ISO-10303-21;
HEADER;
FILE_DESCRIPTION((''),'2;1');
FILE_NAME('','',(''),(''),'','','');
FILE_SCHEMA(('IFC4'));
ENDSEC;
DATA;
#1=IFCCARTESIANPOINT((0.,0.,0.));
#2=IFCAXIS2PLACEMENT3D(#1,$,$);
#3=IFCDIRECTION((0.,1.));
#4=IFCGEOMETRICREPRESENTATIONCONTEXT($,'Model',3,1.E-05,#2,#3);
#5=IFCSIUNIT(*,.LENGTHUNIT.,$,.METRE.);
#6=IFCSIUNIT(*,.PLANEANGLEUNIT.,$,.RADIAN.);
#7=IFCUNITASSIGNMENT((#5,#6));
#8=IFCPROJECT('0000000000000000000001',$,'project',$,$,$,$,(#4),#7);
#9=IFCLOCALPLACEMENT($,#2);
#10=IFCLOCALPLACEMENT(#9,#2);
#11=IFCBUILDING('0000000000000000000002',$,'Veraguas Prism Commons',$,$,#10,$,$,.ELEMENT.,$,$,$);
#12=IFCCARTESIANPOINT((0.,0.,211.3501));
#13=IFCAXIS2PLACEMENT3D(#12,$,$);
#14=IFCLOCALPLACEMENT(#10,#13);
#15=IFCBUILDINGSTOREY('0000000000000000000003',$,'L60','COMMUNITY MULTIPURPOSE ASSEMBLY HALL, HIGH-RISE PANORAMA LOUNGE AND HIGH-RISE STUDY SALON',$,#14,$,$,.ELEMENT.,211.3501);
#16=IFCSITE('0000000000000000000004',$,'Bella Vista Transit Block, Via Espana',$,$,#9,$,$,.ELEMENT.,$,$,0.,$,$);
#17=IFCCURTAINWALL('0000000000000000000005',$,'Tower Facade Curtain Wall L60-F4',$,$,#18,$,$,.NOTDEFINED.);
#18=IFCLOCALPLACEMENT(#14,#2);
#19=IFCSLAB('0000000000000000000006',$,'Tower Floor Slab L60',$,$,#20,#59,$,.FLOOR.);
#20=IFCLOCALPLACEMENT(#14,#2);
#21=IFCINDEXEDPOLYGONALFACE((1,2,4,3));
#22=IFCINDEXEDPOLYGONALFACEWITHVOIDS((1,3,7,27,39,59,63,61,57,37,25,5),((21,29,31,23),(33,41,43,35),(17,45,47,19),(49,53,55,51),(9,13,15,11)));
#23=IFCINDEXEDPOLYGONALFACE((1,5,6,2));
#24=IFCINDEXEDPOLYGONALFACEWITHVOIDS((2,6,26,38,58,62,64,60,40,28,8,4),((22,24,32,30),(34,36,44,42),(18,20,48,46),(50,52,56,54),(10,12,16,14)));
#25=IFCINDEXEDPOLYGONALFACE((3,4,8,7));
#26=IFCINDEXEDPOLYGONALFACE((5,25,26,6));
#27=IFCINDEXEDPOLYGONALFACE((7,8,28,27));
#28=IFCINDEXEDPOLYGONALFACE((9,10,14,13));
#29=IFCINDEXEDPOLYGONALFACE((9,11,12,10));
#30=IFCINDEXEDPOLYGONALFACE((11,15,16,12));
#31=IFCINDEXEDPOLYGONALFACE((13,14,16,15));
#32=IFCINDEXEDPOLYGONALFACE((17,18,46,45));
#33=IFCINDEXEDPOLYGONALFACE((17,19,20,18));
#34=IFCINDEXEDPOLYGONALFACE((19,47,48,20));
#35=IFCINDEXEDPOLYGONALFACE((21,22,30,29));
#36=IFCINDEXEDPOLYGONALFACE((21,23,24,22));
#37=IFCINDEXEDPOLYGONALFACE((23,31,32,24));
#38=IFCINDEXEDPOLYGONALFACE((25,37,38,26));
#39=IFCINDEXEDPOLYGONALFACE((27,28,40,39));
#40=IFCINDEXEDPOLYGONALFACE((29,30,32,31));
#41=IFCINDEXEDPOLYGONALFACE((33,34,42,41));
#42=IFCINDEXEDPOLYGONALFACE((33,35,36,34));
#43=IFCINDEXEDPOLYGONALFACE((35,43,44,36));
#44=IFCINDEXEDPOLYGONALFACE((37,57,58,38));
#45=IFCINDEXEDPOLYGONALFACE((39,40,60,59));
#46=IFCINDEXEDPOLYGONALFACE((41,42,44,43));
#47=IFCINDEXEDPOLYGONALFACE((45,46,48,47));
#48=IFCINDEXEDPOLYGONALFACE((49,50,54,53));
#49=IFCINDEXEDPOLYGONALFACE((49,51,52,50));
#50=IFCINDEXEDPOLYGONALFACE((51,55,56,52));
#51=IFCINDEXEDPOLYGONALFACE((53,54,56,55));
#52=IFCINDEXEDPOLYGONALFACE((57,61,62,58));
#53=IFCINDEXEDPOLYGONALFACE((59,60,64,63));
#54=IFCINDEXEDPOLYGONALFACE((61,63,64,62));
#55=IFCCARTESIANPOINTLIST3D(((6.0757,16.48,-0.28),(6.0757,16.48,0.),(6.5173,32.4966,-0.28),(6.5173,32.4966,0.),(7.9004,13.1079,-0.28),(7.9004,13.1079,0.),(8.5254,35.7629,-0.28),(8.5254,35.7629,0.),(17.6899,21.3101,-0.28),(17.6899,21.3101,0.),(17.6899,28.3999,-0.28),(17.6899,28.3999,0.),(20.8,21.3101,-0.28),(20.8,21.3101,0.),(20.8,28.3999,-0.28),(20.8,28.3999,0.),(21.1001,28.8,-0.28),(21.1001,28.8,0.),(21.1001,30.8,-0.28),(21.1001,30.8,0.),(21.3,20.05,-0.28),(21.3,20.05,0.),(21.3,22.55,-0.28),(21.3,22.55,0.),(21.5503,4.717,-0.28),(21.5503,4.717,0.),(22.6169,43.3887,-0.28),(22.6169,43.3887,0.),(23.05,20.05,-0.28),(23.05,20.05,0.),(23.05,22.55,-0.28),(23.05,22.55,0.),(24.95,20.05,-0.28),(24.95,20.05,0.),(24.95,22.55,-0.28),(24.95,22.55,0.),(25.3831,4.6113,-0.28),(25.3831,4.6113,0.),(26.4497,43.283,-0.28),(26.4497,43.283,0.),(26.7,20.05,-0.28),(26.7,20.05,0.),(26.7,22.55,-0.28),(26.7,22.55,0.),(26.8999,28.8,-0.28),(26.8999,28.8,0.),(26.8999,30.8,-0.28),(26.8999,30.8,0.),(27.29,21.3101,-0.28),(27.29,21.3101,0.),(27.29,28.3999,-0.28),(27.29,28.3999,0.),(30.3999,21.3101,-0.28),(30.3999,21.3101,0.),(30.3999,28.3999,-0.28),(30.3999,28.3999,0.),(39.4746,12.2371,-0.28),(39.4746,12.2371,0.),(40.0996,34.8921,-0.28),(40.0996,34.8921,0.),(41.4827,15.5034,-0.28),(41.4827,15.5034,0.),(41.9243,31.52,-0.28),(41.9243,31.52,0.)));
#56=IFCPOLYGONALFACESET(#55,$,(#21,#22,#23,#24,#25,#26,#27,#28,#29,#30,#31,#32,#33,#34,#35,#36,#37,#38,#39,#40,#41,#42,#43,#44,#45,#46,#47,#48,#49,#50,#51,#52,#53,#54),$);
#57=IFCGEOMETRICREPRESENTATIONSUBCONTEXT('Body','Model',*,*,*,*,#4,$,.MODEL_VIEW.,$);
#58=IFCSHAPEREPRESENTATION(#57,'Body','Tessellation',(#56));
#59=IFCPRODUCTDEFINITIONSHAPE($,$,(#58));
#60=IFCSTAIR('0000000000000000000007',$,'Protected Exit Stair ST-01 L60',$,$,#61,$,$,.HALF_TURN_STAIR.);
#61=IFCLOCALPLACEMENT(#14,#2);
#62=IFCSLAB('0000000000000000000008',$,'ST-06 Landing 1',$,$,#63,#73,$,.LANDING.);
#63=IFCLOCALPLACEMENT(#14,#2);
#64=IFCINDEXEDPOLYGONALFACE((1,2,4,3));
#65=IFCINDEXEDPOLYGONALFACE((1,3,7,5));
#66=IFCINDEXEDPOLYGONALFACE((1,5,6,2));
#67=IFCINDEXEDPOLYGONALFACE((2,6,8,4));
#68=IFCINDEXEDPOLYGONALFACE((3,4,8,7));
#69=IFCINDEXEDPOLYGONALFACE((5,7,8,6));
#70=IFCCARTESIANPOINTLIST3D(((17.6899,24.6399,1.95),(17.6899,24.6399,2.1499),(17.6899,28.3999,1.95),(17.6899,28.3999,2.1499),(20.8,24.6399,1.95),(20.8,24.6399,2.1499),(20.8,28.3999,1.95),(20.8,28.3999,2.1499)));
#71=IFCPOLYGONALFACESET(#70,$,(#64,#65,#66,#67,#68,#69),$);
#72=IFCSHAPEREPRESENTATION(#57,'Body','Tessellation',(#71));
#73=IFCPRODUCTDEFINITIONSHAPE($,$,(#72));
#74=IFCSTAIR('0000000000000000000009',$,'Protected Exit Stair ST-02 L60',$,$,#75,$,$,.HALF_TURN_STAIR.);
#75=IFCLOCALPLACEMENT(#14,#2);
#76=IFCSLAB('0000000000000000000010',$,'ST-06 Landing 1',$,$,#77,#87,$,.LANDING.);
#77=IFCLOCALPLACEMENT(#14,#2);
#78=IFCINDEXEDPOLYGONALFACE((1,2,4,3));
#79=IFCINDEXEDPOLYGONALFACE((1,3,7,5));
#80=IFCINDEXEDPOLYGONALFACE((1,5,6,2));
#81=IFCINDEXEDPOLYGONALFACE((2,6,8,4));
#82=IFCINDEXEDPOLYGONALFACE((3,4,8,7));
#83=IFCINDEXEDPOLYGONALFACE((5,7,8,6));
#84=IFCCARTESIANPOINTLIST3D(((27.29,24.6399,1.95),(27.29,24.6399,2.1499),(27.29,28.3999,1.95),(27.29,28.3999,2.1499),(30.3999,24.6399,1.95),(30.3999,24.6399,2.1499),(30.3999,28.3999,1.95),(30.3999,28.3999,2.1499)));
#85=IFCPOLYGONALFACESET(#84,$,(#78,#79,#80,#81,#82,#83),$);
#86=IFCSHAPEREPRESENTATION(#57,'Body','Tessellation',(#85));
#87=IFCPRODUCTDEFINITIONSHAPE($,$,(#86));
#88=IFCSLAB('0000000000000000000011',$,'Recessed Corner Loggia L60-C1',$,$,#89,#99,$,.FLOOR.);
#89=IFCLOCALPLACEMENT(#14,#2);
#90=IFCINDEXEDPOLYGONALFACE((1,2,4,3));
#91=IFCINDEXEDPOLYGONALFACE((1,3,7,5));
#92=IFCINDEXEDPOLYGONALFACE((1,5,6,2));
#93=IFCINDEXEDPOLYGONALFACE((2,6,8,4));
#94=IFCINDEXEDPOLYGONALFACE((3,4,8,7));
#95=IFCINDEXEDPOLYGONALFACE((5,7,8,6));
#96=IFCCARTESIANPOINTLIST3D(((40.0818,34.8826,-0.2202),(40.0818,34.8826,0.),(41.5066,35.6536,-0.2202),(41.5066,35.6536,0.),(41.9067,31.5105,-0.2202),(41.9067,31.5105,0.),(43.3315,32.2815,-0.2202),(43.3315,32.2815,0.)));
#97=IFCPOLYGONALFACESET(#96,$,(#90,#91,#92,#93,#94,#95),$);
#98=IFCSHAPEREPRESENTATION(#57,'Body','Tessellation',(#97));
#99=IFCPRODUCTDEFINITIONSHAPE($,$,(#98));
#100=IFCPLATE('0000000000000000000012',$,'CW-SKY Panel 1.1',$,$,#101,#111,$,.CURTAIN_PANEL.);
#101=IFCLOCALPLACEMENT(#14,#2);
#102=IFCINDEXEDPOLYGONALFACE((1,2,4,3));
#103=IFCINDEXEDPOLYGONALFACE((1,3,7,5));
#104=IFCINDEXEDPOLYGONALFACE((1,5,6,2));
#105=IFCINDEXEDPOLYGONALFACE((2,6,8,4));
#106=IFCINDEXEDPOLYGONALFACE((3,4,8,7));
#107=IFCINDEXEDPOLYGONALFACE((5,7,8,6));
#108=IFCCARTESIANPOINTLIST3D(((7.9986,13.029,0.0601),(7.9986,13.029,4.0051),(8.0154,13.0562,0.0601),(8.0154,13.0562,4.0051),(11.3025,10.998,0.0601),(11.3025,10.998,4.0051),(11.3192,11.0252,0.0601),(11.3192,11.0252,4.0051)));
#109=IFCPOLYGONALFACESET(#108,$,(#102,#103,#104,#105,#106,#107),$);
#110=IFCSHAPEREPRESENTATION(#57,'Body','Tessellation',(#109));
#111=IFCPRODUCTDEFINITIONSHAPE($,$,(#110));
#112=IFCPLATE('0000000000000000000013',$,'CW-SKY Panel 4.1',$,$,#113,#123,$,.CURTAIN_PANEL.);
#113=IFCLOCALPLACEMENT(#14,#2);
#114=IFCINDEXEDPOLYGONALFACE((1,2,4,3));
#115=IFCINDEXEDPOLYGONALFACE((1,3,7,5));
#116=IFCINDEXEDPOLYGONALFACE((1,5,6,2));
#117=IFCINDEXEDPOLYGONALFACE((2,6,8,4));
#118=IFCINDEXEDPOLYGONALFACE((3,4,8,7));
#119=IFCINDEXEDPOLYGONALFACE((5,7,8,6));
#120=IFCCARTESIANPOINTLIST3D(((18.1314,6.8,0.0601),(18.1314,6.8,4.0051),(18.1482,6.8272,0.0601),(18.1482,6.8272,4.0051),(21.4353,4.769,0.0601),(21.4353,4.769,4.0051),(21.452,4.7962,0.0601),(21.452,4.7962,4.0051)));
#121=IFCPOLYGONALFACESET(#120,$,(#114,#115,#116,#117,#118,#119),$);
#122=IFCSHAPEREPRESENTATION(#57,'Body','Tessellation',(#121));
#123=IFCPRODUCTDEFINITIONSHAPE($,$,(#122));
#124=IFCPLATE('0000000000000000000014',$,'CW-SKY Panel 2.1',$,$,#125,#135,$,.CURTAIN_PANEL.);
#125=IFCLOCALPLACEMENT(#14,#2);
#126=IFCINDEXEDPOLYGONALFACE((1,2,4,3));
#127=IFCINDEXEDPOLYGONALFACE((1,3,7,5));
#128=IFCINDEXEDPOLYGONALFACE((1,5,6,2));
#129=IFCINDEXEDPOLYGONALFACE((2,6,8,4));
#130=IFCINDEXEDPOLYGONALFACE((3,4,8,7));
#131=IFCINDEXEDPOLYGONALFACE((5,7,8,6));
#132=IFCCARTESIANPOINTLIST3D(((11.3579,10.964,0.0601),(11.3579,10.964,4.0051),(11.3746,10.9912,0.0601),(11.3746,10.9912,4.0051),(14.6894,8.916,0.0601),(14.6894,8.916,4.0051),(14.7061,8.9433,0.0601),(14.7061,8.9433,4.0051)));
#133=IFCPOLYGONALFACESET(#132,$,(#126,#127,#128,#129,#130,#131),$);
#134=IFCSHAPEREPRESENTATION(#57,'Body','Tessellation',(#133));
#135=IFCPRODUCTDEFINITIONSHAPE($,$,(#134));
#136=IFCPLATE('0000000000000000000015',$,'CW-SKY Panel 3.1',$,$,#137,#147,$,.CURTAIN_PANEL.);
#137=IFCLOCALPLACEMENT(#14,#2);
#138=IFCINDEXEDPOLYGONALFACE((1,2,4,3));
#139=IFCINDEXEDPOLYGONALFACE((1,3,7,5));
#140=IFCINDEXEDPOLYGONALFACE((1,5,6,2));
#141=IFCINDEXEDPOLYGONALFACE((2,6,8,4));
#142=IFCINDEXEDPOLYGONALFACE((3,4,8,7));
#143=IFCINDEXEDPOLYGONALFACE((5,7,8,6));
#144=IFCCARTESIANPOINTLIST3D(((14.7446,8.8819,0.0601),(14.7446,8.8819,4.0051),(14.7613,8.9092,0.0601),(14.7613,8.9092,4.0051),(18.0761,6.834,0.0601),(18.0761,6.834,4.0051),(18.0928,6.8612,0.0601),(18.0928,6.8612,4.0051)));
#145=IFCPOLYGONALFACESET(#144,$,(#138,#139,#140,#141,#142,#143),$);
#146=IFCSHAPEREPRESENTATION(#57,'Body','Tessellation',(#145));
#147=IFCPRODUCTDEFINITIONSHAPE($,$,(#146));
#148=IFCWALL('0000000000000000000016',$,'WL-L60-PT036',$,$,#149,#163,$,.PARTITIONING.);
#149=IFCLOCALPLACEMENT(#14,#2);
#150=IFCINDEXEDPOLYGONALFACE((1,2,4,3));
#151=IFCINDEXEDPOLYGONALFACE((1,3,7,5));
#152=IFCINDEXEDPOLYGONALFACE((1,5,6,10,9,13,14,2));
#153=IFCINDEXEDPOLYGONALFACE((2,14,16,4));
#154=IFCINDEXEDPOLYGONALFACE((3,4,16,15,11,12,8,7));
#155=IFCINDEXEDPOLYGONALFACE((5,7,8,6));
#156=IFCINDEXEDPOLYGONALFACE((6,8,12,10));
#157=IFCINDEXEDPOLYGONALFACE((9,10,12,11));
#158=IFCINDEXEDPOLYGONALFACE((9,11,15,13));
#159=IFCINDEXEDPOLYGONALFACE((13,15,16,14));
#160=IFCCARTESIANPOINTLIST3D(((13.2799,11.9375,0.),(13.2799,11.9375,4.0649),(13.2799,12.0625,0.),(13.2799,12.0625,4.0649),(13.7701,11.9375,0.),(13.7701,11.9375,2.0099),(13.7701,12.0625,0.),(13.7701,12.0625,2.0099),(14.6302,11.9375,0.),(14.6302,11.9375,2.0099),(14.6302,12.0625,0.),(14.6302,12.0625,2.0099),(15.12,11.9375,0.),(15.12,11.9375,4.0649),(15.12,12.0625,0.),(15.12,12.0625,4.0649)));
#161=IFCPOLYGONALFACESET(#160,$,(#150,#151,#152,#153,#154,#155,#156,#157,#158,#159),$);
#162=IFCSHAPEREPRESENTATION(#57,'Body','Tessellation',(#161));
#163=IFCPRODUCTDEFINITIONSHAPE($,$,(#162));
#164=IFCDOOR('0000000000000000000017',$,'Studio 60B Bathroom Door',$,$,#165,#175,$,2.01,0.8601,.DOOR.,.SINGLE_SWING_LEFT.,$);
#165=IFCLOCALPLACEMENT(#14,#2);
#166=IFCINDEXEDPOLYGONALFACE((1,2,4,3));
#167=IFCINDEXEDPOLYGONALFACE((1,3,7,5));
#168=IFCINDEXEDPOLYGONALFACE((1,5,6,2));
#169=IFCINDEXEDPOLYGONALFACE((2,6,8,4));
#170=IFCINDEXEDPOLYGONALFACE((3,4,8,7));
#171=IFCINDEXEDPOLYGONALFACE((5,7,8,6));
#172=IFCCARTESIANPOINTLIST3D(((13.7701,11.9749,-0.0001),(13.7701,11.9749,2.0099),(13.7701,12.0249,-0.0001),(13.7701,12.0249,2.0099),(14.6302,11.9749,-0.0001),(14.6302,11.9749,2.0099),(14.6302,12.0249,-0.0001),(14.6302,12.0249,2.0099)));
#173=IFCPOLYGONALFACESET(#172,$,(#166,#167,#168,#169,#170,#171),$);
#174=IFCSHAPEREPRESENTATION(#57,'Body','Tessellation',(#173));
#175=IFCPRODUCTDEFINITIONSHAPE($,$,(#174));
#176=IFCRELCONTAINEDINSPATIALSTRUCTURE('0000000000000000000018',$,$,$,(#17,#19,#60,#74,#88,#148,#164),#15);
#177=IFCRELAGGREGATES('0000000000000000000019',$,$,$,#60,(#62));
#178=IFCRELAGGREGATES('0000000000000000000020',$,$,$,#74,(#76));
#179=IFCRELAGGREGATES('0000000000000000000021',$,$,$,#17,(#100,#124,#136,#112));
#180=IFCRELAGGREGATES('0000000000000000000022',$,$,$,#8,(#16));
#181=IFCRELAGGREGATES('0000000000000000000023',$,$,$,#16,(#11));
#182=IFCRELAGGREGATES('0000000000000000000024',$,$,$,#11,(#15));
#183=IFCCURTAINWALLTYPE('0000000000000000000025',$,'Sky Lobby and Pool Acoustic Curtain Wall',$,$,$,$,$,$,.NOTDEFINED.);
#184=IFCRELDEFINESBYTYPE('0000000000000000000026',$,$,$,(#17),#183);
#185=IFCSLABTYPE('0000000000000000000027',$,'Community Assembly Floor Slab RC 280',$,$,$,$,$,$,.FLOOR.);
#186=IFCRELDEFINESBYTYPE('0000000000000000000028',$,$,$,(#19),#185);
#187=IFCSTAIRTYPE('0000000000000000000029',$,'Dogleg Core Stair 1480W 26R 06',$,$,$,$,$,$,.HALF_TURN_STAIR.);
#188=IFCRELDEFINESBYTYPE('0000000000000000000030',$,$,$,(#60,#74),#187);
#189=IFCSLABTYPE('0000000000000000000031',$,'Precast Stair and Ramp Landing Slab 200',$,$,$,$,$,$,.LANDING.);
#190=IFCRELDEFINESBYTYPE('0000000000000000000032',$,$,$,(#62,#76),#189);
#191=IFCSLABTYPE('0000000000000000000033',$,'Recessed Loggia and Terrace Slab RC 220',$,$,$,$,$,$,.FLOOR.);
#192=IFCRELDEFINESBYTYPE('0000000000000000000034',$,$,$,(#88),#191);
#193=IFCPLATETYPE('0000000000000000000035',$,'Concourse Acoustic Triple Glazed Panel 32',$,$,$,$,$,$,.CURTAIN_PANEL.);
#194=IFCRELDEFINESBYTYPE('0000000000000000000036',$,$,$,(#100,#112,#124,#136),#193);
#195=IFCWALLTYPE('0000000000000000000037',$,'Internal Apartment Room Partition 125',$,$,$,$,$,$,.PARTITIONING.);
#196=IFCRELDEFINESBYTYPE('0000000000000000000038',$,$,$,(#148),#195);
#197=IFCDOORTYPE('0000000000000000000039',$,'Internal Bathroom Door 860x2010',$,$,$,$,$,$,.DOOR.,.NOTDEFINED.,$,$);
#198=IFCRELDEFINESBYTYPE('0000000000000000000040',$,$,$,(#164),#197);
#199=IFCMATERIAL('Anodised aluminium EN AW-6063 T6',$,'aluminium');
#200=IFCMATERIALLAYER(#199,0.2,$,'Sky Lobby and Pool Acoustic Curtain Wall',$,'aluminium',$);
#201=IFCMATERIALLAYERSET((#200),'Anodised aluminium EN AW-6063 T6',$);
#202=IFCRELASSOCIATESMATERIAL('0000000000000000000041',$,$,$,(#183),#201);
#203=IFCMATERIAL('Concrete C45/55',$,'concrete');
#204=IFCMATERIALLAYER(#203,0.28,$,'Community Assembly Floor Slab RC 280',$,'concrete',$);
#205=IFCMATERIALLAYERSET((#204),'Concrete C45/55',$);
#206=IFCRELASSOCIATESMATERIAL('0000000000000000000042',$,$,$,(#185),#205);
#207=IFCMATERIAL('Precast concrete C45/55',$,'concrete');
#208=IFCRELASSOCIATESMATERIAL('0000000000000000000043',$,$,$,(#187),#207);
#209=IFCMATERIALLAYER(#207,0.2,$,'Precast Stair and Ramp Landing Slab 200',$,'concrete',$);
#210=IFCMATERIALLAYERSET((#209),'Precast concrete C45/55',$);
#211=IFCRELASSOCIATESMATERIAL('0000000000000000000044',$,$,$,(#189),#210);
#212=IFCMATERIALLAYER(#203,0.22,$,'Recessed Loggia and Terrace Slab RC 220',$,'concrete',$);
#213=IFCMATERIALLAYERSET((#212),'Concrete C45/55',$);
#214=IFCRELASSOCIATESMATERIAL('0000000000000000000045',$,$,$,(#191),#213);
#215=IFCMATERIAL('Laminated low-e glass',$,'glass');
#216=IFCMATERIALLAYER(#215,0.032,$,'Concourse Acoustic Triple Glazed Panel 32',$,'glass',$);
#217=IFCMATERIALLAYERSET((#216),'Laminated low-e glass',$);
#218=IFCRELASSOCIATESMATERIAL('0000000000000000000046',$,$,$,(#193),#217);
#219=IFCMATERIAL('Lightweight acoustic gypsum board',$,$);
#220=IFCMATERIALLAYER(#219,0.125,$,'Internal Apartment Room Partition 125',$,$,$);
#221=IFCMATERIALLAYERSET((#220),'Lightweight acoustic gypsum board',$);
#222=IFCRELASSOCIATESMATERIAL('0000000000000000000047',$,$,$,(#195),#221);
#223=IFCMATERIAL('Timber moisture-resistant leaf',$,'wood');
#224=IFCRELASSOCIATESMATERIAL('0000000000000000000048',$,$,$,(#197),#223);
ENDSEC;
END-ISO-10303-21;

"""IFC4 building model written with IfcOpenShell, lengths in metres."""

from ifc_helpers import new_model, si_unit, direction, frame, frame_2d, origin, origin_2d, place, context, subcontext, project, spatial, polyline, rectangle, outline, extrude, source, transform, mapped, material, layer, layer_set, type_object, element, fill, aggregate, save


model = new_model("IFC4")

# Units and contexts
model_context = context("Model", 3, precision=1e-05, world=origin(), true_north=direction((0.0, 1.0)))
body_context = subcontext(model_context, "Body", "Model", "MODEL_VIEW")
ifc_project = project(units=[si_unit("LENGTHUNIT", "METRE"), si_unit("PLANEANGLEUNIT", "RADIAN")], contexts=[model_context])

# Site, building, storey
site_placement = place(None, origin())
site = spatial("IfcSite", under=ifc_project, at=site_placement, Name="Bella Vista Transit Block, Via Espana", CompositionType="ELEMENT", RefElevation=0.0)
building_placement = place(site_placement, origin())
building = spatial("IfcBuilding", under=site, at=building_placement, Name="Veraguas Prism Commons", CompositionType="ELEMENT")
storey_placement = place(building_placement, frame((0.0, 0.0, 211.3501)))
storey = spatial("IfcBuildingStorey", under=building, at=storey_placement, Name="L60", Description="COMMUNITY MULTIPURPOSE ASSEMBLY HALL, HIGH-RISE PANORAMA LOUNGE AND HIGH-RISE STUDY SALON", CompositionType="ELEMENT", Elevation=211.3501)

# Curtain wall
ifc_material_1 = material(Name="Anodised aluminium EN AW-6063 T6", Category="aluminium")
ifc_layer_1 = layer(ifc_material_1, 0.2, Name="Sky Lobby and Pool Acoustic Curtain Wall", Category="aluminium")
ifc_layer_set_1 = layer_set([ifc_layer_1], Name="Anodised aluminium EN AW-6063 T6")
curtain_wall_type = type_object("IfcCurtainWallType", Name="Sky Lobby and Pool Acoustic Curtain Wall", PredefinedType="NOTDEFINED", material=ifc_layer_set_1)
curtain_wall_placement = place(storey_placement, origin())
curtain_wall = element("IfcCurtainWall", 1, at=curtain_wall_placement, inside=storey, type_object=curtain_wall_type, Name="Tower Facade Curtain Wall L60-F4", PredefinedType="NOTDEFINED")

# Slab
ifc_material_2 = material(Name="Concrete C45/55", Category="concrete")
ifc_layer_2 = layer(ifc_material_2, 0.28, Name="Community Assembly Floor Slab RC 280", Category="concrete")
ifc_layer_set_2 = layer_set([ifc_layer_2], Name="Concrete C45/55")
slab_type_1 = type_object("IfcSlabType", Name="Community Assembly Floor Slab RC 280", PredefinedType="FLOOR", material=ifc_layer_set_2)
slab_1_placement = place(storey_placement, frame((0.0, 0.0, -0.28)))
element("IfcSlab", 2, at=slab_1_placement, inside=storey, type_object=slab_type_1, Name="Tower Floor Slab L60", PredefinedType="FLOOR", context=body_context, shape_type="SweptSolid", body=[
    extrude(outline(polyline([(41.9243, 31.52), (40.0996, 34.8921), (26.4497, 43.283), (22.6169, 43.3887), (8.5254, 35.7629), (6.5173, 32.4966), (6.0757, 16.48), (7.9004, 13.1079), (21.5503, 4.717), (25.3831, 4.6113), (39.4746, 12.2371), (41.4827, 15.5034), (41.9243, 31.52)]), holes=[polyline([(20.8, 21.3101), (20.8, 28.3999), (17.6899, 28.3999), (17.6899, 21.3101), (20.8, 21.3101)]), polyline([(30.3999, 21.3101), (30.3999, 28.3999), (27.29, 28.3999), (27.29, 21.3101), (30.3999, 21.3101)]), polyline([(21.1001, 28.8), (26.8999, 28.8), (26.8999, 30.8), (21.1001, 30.8), (21.1001, 28.8)]), polyline([(21.3, 20.05), (23.05, 20.05), (23.05, 22.55), (21.3, 22.55), (21.3, 20.05)]), polyline([(24.95, 20.05), (26.7, 20.05), (26.7, 22.55), (24.95, 22.55), (24.95, 20.05)])]), origin(), (0.0, 0.0, 1.0), 0.28),
])

# Stairs, slabs
ifc_material_3 = material(Name="Precast concrete C45/55", Category="concrete")
stair_type = type_object("IfcStairType", Name="Dogleg Core Stair 1480W 26R 06", PredefinedType="HALF_TURN_STAIR", material=ifc_material_3)
stair_1_placement = place(storey_placement, origin())
stair_1 = element("IfcStair", 3, at=stair_1_placement, inside=storey, type_object=stair_type, Name="Protected Exit Stair ST-01 L60", PredefinedType="HALF_TURN_STAIR")
ifc_layer_3 = layer(ifc_material_3, 0.2, Name="Precast Stair and Ramp Landing Slab 200", Category="concrete")
ifc_layer_set_3 = layer_set([ifc_layer_3], Name="Precast concrete C45/55")
slab_type_2 = type_object("IfcSlabType", Name="Precast Stair and Ramp Landing Slab 200", PredefinedType="LANDING", material=ifc_layer_set_3)
slab_2_placement = place(storey_placement, frame((0.0, 0.0, 1.95)))
slab_2 = element("IfcSlab", 4, at=slab_2_placement, type_object=slab_type_2, Name="ST-06 Landing 1", PredefinedType="LANDING", context=body_context, shape_type="SweptSolid", body=[
    extrude(outline(polyline([(20.8, 24.6399), (20.8, 28.3999), (17.6899, 28.3999), (17.6899, 24.6399), (20.8, 24.6399)])), origin(), (0.0, 0.0, 1.0), 0.2),
])
aggregate(stair_1, [slab_2])
stair_2_placement = place(storey_placement, origin())
stair_2 = element("IfcStair", 5, at=stair_2_placement, inside=storey, type_object=stair_type, Name="Protected Exit Stair ST-02 L60", PredefinedType="HALF_TURN_STAIR")
slab_3_placement = place(storey_placement, frame((0.0, 0.0, 1.95)))
slab_3 = element("IfcSlab", 6, at=slab_3_placement, type_object=slab_type_2, Name="ST-06 Landing 1", PredefinedType="LANDING", context=body_context, shape_type="SweptSolid", body=[
    extrude(outline(polyline([(30.3999, 24.6399), (30.3999, 28.3999), (27.29, 28.3999), (27.29, 24.6399), (30.3999, 24.6399)])), origin(), (0.0, 0.0, 1.0), 0.2),
])
aggregate(stair_2, [slab_3])

# Slab
ifc_layer_4 = layer(ifc_material_2, 0.22, Name="Recessed Loggia and Terrace Slab RC 220", Category="concrete")
ifc_layer_set_4 = layer_set([ifc_layer_4], Name="Concrete C45/55")
slab_type_3 = type_object("IfcSlabType", Name="Recessed Loggia and Terrace Slab RC 220", PredefinedType="FLOOR", material=ifc_layer_set_4)
slab_4_placement = place(storey_placement, frame((0.0, 0.0, -0.2202)))
element("IfcSlab", 7, at=slab_4_placement, inside=storey, type_object=slab_type_3, Name="Recessed Corner Loggia L60-C1", PredefinedType="FLOOR", context=body_context, shape_type="SweptSolid", body=[
    extrude(outline(polyline([(41.9067, 31.5105), (43.3315, 32.2815), (41.5066, 35.6536), (40.0818, 34.8826), (41.9067, 31.5105)])), origin(), (0.0, 0.0, 1.0), 0.2202),
])

# Plates
ifc_material_4 = material(Name="Laminated low-e glass", Category="glass")
ifc_layer_5 = layer(ifc_material_4, 0.032, Name="Concourse Acoustic Triple Glazed Panel 32", Category="glass")
ifc_layer_set_5 = layer_set([ifc_layer_5], Name="Laminated low-e glass")
plate_type = type_object("IfcPlateType", Name="Concourse Acoustic Triple Glazed Panel 32", PredefinedType="CURTAIN_PANEL", material=ifc_layer_set_5)
shared_shape_1 = source(origin(), body_context, "Body", "SweptSolid", [
    extrude(rectangle(XDim=3.8782, YDim=0.032, at=origin_2d()), origin(), (0.0, 0.0, 1.0), 3.9451),
])
plate_1_placement = place(storey_placement, frame((9.6589, 12.0271, 0.0601), z_axis=(0.0, 0.0, 1.0), x_axis=(0.851909, -0.52369, 0.0)))
plate_1 = element("IfcPlate", 8, at=plate_1_placement, type_object=plate_type, Name="CW-SKY Panel 1.1", PredefinedType="CURTAIN_PANEL", context=body_context, shape_type="MappedRepresentation", body=[
    mapped(shared_shape_1, transform((0.0, 0.0, 0.0), scale=1.0)),
])
plate_2_placement = place(storey_placement, frame((19.7917, 5.7981, 0.0601), z_axis=(0.0, 0.0, 1.0), x_axis=(0.851909, -0.52369, 0.0)))
plate_2 = element("IfcPlate", 9, at=plate_2_placement, type_object=plate_type, Name="CW-SKY Panel 4.1", PredefinedType="CURTAIN_PANEL", context=body_context, shape_type="MappedRepresentation", body=[
    mapped(shared_shape_1, transform((0.0, 0.0, 0.0), scale=1.0)),
])
shared_shape_2 = source(origin(), body_context, "Body", "SweptSolid", [
    extrude(rectangle(XDim=3.9106, YDim=0.032, at=origin_2d()), origin(), (0.0, 0.0, 1.0), 3.9451),
])
plate_3_placement = place(storey_placement, frame((13.032, 9.9536, 0.0601), z_axis=(0.0, 0.0, 1.0), x_axis=(0.851909, -0.52369, 0.0)))
plate_3 = element("IfcPlate", 10, at=plate_3_placement, type_object=plate_type, Name="CW-SKY Panel 2.1", PredefinedType="CURTAIN_PANEL", context=body_context, shape_type="MappedRepresentation", body=[
    mapped(shared_shape_2, transform((0.0, 0.0, 0.0), scale=1.0)),
])
plate_4_placement = place(storey_placement, frame((16.4187, 7.8716, 0.0601), z_axis=(0.0, 0.0, 1.0), x_axis=(0.851909, -0.52369, 0.0)))
plate_4 = element("IfcPlate", 11, at=plate_4_placement, type_object=plate_type, Name="CW-SKY Panel 3.1", PredefinedType="CURTAIN_PANEL", context=body_context, shape_type="MappedRepresentation", body=[
    mapped(shared_shape_2, transform((0.0, 0.0, 0.0), scale=1.0)),
])
aggregate(curtain_wall, [plate_1, plate_3, plate_4, plate_2])

# Wall, opening, door
ifc_material_5 = material(Name="Lightweight acoustic gypsum board")
ifc_layer_6 = layer(ifc_material_5, 0.125, Name="Internal Apartment Room Partition 125")
ifc_layer_set_6 = layer_set([ifc_layer_6], Name="Lightweight acoustic gypsum board")
wall_type_1 = type_object("IfcWallType", Name="Internal Apartment Room Partition 125", PredefinedType="PARTITIONING", material=ifc_layer_set_6)
wall_1_placement = place(storey_placement, frame((13.28, 12.0, 0.0), z_axis=(0.0, 0.0, 1.0), x_axis=(1.0, 0.0, 0.0)))
wall_1 = element("IfcWall", 12, at=wall_1_placement, inside=storey, type_object=wall_type_1, Name="WL-L60-PT036", PredefinedType="PARTITIONING", context=body_context, shape_type="SweptSolid", body=[
    extrude(rectangle(XDim=1.8401, YDim=0.125, at=frame_2d((0.9199, 0.0))), origin(), (0.0, 0.0, 1.0), 4.0649),
])
opening_placement = place(wall_1_placement, frame((0.49, 0.0, 0.0)))
opening = element("IfcOpeningElement", 13, at=opening_placement, cuts=wall_1, PredefinedType="OPENING", context=body_context, shape_type="SweptSolid", body=[
    extrude(rectangle(XDim=0.8601, YDim=2.01, at=frame_2d((0.4302, 1.0049))), frame((0.0, 0.0725, 0.0), z_axis=(0.0, -1.0, 0.0), x_axis=(1.0, 0.0, 0.0)), (0.0, 0.0, 1.0), 0.145),
])
ifc_material_6 = material(Name="Timber moisture-resistant leaf", Category="wood")
door_type = type_object("IfcDoorType", Name="Internal Bathroom Door 860x2010", OperationType="NOTDEFINED", PredefinedType="DOOR", material=ifc_material_6)
shared_shape_3 = source(origin(), body_context, "Body", "SweptSolid", [
    extrude(rectangle(XDim=0.8601, YDim=2.01, at=frame_2d((0.4302, 1.0049))), frame((0.0, 0.0249, 0.0), z_axis=(0.0, -1.0, 0.0), x_axis=(1.0, 0.0, 0.0)), (0.0, 0.0, 1.0), 0.05),
])
door_placement = place(opening_placement, origin())
door = element("IfcDoor", 14, at=door_placement, inside=storey, type_object=door_type, Name="Studio 60B Bathroom Door", OperationType="SINGLE_SWING_LEFT", OverallHeight=2.01, OverallWidth=0.8601, PredefinedType="DOOR", context=body_context, shape_type="MappedRepresentation", body=[
    mapped(shared_shape_3, transform((0.0, 0.0, 0.0), scale=1.0)),
])
fill(opening, door)

save(model, "model.ifc")
